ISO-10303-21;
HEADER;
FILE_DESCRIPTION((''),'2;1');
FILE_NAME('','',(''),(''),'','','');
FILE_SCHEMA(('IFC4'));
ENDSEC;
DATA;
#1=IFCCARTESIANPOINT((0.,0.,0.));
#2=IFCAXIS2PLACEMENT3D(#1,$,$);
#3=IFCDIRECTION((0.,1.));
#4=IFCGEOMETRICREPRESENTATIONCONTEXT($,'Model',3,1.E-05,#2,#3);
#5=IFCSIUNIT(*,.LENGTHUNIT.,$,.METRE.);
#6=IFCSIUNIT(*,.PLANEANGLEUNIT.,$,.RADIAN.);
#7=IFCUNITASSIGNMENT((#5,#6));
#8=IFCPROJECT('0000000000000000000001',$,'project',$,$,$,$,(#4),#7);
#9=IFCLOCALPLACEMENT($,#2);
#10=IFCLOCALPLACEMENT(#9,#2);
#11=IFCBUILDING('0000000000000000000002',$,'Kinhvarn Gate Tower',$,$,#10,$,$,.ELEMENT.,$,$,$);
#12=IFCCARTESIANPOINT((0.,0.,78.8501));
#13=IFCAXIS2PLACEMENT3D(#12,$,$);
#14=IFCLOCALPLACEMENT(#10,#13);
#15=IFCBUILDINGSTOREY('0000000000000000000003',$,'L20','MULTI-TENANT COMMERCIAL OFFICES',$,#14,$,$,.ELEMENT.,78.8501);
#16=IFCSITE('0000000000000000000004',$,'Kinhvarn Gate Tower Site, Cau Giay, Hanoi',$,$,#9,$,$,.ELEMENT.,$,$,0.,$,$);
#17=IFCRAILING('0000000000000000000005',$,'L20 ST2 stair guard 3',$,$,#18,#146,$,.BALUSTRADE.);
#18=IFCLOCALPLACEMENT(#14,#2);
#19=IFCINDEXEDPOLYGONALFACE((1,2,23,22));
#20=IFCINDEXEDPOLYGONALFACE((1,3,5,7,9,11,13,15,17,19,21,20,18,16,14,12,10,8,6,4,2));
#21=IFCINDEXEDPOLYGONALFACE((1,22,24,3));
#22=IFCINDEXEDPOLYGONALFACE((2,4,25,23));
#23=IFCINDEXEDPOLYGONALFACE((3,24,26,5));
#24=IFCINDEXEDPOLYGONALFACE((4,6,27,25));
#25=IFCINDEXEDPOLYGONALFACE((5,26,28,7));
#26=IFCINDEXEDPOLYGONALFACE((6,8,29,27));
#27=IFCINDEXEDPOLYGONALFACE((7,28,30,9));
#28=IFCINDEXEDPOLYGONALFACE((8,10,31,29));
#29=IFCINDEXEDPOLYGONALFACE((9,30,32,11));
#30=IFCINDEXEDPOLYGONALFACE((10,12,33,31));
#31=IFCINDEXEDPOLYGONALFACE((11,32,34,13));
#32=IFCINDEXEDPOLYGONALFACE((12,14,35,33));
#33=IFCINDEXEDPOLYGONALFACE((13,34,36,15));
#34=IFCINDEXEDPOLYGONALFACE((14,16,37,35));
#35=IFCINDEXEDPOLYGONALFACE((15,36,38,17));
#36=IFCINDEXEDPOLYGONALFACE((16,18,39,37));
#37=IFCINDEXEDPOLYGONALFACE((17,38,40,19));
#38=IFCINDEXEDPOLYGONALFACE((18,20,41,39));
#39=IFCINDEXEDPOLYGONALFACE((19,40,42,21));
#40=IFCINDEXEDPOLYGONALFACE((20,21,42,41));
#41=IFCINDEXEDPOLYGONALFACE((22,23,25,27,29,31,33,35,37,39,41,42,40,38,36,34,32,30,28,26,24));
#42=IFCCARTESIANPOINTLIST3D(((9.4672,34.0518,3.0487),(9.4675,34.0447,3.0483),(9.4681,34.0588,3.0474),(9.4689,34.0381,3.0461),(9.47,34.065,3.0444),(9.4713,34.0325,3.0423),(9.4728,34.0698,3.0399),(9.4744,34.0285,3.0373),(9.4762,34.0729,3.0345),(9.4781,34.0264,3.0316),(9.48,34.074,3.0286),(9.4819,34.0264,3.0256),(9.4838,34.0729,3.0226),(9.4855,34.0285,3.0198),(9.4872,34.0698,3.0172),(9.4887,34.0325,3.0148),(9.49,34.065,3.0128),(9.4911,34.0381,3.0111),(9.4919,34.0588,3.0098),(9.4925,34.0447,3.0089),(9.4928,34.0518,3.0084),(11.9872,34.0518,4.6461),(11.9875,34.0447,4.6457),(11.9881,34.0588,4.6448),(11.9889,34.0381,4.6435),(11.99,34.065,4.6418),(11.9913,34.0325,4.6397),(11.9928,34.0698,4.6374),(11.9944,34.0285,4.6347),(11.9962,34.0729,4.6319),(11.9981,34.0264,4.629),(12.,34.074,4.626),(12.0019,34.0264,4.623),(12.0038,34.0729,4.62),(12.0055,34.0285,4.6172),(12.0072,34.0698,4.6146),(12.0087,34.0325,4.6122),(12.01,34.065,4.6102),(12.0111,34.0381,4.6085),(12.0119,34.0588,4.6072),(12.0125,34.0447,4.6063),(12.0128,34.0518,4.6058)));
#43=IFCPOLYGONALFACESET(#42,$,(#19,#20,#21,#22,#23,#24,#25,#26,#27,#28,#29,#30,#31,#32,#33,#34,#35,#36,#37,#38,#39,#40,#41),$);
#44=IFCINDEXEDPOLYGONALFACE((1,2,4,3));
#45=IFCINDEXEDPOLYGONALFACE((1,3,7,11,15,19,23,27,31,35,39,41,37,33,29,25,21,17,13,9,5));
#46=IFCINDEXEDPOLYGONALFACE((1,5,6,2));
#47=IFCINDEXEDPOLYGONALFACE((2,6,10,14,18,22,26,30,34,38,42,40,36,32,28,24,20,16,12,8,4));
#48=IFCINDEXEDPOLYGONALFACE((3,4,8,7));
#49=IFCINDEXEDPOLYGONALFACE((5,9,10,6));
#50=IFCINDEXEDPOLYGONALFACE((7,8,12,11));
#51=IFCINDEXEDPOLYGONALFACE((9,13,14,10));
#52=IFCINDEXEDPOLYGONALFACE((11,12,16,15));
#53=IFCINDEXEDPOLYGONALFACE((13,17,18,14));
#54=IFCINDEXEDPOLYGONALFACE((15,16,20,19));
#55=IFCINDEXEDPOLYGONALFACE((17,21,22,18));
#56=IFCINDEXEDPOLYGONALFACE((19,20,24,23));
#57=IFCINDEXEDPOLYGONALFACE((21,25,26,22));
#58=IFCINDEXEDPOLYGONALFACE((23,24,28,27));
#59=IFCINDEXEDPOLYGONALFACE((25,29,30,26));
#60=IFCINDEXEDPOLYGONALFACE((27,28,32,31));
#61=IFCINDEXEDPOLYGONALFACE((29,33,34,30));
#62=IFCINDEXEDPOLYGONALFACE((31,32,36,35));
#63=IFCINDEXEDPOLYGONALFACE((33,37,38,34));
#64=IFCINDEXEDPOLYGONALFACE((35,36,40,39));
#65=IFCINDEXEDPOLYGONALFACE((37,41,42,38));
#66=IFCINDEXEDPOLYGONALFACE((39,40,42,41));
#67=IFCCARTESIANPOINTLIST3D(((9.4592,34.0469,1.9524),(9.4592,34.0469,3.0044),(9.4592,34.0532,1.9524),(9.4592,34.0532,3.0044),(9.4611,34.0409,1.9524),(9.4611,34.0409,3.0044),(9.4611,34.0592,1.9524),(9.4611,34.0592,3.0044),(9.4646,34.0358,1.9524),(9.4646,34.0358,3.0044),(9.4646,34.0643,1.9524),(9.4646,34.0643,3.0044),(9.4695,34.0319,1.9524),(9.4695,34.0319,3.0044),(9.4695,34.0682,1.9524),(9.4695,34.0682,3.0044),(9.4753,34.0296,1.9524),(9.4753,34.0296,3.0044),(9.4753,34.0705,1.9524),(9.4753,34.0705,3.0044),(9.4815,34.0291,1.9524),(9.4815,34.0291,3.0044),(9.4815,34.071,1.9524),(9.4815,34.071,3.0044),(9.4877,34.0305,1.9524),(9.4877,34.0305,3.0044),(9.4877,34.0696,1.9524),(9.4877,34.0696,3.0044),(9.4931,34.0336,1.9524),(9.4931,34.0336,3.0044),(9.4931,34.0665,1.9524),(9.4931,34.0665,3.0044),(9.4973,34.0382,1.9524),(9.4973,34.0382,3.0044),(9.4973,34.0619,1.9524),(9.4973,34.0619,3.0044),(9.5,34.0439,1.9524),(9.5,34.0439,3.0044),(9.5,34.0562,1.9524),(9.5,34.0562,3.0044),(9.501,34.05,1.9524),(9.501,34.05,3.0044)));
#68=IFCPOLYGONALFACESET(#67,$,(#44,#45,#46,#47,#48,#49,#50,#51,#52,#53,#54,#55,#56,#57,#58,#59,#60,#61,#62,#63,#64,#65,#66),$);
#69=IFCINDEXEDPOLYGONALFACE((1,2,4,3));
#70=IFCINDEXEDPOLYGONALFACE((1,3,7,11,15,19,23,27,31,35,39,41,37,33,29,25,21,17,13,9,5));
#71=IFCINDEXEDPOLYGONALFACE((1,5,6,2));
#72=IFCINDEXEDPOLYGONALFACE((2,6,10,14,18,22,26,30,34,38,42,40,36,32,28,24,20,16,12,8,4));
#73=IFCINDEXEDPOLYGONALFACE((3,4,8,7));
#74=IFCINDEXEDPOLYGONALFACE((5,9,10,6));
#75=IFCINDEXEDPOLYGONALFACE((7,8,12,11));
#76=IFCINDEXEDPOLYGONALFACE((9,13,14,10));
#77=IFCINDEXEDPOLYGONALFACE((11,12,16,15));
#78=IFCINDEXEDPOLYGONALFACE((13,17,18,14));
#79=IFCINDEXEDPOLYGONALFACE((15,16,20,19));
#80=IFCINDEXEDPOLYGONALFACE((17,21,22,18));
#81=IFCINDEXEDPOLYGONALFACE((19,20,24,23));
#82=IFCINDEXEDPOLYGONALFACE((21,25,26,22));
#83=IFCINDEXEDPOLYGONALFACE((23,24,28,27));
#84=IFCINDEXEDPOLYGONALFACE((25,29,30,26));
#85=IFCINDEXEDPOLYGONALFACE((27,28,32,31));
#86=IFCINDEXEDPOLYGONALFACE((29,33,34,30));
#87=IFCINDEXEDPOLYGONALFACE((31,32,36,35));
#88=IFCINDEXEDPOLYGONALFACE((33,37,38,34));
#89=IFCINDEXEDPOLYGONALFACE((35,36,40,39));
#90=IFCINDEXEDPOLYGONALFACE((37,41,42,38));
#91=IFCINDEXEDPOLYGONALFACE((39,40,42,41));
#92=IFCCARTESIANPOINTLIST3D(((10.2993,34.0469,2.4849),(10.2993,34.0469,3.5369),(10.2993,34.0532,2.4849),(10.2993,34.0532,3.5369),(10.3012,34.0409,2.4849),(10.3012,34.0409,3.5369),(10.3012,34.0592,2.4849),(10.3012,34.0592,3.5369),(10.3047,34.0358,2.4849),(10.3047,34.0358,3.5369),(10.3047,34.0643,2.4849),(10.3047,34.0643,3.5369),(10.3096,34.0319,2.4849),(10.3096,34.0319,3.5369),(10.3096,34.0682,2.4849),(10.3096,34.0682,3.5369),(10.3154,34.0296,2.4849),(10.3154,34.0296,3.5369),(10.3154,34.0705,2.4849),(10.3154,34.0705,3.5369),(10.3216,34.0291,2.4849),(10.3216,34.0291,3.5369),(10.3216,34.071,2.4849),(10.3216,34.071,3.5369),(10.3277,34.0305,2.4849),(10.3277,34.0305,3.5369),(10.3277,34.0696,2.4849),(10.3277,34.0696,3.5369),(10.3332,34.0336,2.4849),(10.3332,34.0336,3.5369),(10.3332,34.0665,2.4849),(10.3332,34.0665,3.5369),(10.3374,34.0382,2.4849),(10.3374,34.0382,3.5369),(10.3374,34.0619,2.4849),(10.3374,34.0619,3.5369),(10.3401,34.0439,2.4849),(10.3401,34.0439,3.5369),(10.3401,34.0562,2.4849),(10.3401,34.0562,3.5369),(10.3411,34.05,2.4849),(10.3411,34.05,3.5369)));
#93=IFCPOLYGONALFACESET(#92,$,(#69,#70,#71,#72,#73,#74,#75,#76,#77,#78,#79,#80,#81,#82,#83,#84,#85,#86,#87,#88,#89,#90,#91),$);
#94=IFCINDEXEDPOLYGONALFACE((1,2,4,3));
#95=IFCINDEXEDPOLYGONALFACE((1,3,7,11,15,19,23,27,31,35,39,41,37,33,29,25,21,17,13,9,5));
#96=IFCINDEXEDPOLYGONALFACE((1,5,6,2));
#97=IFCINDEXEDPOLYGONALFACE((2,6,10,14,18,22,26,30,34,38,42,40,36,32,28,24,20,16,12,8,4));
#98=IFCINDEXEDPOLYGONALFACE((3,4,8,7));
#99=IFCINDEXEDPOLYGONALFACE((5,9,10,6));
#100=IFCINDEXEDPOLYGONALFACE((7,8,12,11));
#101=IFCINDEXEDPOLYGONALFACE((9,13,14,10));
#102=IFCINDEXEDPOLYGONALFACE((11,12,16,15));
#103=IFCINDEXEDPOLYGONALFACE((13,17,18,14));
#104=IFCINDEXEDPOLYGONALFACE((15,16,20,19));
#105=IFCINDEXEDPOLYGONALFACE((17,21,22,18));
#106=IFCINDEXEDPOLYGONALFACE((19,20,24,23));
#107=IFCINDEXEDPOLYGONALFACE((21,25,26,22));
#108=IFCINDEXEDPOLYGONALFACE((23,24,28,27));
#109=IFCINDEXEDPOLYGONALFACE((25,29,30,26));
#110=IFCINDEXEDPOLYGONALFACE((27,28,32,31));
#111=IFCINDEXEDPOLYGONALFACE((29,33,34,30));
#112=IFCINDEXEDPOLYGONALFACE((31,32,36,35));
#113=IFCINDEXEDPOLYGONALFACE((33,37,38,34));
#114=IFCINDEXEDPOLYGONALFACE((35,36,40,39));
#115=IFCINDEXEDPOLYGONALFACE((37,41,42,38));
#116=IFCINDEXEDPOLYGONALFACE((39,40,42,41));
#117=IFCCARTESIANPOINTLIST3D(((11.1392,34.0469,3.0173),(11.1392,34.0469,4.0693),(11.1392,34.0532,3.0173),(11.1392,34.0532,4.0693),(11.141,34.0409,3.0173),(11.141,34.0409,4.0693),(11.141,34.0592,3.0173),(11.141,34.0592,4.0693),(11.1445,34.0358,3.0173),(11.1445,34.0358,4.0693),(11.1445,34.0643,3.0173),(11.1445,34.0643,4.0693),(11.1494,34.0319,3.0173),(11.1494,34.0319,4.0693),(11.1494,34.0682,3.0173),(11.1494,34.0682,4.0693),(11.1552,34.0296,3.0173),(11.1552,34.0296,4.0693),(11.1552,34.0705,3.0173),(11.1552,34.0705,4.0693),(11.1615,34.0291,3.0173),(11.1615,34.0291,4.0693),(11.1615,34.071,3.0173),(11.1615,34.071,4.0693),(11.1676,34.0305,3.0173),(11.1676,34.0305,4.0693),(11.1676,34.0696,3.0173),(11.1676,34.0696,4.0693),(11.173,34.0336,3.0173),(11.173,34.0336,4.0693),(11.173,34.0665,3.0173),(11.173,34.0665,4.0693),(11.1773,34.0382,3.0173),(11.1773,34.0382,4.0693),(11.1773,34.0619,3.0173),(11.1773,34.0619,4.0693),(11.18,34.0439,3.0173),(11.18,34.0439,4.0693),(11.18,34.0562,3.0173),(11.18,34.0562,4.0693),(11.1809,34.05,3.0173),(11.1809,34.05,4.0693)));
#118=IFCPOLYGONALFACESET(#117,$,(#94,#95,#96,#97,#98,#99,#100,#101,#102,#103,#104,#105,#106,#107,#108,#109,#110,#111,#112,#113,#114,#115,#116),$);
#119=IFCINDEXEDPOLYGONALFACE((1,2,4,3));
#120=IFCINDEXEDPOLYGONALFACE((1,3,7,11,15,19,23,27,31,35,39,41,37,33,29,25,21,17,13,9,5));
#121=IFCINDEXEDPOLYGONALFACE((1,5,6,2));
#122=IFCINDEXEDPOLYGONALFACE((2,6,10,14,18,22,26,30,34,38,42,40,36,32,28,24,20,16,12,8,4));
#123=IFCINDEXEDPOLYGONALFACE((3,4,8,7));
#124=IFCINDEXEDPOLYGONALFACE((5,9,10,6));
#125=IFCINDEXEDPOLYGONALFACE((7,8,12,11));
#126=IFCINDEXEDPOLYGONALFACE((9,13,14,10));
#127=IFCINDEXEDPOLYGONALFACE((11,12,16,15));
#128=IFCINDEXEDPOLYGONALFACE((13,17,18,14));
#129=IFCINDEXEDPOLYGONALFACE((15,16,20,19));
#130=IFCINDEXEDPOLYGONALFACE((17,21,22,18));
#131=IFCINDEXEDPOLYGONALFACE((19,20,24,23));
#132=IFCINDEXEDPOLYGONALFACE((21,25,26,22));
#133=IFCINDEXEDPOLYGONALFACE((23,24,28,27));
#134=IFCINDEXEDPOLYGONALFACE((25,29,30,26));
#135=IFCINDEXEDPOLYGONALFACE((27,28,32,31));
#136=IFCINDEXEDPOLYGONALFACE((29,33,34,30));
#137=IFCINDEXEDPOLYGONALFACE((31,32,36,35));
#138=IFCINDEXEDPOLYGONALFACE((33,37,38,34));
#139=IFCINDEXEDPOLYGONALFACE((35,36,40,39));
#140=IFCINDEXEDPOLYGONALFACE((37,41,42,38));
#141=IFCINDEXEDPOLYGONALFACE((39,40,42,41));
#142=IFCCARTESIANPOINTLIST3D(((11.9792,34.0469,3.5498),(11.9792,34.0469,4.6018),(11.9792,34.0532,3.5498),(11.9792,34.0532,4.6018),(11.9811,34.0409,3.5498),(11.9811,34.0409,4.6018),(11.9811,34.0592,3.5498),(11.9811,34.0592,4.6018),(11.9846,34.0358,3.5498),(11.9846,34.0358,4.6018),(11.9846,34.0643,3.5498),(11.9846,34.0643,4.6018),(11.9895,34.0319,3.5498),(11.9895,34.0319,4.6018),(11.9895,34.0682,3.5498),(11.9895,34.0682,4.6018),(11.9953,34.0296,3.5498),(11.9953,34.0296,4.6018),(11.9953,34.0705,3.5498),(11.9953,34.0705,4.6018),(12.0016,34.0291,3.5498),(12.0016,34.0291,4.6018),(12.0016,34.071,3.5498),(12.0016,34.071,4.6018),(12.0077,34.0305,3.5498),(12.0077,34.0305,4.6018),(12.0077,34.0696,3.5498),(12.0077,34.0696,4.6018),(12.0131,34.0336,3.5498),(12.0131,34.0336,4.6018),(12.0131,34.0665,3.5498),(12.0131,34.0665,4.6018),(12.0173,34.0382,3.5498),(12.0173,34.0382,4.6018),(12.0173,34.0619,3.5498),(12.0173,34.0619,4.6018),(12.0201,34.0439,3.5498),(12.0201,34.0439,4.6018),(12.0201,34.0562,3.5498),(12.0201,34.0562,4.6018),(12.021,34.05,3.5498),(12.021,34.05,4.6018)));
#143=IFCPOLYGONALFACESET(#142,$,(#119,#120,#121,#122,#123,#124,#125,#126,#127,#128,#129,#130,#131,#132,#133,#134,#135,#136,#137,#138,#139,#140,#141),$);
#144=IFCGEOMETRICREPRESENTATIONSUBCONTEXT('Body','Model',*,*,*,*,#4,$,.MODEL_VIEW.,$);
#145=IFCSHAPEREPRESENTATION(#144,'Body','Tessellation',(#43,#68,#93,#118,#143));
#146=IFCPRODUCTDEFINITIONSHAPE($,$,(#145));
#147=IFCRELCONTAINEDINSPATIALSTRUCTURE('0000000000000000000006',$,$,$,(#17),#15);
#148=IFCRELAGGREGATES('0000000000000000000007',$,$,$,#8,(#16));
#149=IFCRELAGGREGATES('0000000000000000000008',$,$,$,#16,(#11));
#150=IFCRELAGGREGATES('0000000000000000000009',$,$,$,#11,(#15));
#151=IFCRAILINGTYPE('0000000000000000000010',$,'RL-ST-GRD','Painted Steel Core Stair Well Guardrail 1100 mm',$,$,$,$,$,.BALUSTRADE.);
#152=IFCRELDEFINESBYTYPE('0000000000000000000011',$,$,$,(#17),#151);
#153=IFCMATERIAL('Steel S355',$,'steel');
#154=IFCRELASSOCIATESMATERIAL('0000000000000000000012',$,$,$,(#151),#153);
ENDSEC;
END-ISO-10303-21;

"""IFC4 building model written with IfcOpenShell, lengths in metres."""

from ifc_helpers import new_model, si_unit, direction, frame, origin, origin_2d, place, context, subcontext, project, spatial, circle, extrude, material, type_object, element, save


model = new_model("IFC4")

# Units and contexts
model_context = context("Model", 3, precision=1e-05, world=origin(), true_north=direction((0.0, 1.0)))
body_context = subcontext(model_context, "Body", "Model", "MODEL_VIEW")
ifc_project = project(units=[si_unit("LENGTHUNIT", "METRE"), si_unit("PLANEANGLEUNIT", "RADIAN")], contexts=[model_context])

# Site, building, storey
site_placement = place(None, origin())
site = spatial("IfcSite", under=ifc_project, at=site_placement, Name="Kinhvarn Gate Tower Site, Cau Giay, Hanoi", CompositionType="ELEMENT", RefElevation=0.0)
building_placement = place(site_placement, origin())
building = spatial("IfcBuilding", under=site, at=building_placement, Name="Kinhvarn Gate Tower", CompositionType="ELEMENT")
storey_placement = place(building_placement, frame((0.0, 0.0, 78.8501)))
storey = spatial("IfcBuildingStorey", under=building, at=storey_placement, Name="L20", Description="MULTI-TENANT COMMERCIAL OFFICES", CompositionType="ELEMENT", Elevation=78.8501)

# Shared definitions
ifc_material_1 = material(Name="Steel S355", Category="steel")

# Railing
railing_type_1 = type_object("IfcRailingType", Name="RL-ST-GRD", Description="Painted Steel Core Stair Well Guardrail 1100 mm", PredefinedType="BALUSTRADE", material=ifc_material_1)
railing_1_placement = place(storey_placement, frame((9.48, 34.05, 1.9524)))
element("IfcRailing", 1, at=railing_1_placement, inside=storey, type_object=railing_type_1, Name="L20 ST2 stair guard 3", PredefinedType="BALUSTRADE", context=body_context, shape_type="SweptSolid", body=[
    extrude(circle(Radius=0.0239, at=origin_2d()), frame((0.0, 0.0, 1.0762), z_axis=(0.844607, 0.0, 0.535387), x_axis=(0.0, 1.0, 0.0)), (0.0, 0.0, 1.0), 2.9836),
    extrude(circle(Radius=0.021, at=origin_2d()), origin(), (0.0, 0.0, 1.0), 1.052),
    extrude(circle(Radius=0.021, at=origin_2d()), frame((0.8401, 0.0, 0.5325)), (0.0, 0.0, 1.0), 1.052),
    extrude(circle(Radius=0.021, at=origin_2d()), frame((1.6799, 0.0, 1.0649)), (0.0, 0.0, 1.0), 1.052),
    extrude(circle(Radius=0.021, at=origin_2d()), frame((2.52, 0.0, 1.5974)), (0.0, 0.0, 1.0), 1.052),
])

save(model, "model.ifc")
